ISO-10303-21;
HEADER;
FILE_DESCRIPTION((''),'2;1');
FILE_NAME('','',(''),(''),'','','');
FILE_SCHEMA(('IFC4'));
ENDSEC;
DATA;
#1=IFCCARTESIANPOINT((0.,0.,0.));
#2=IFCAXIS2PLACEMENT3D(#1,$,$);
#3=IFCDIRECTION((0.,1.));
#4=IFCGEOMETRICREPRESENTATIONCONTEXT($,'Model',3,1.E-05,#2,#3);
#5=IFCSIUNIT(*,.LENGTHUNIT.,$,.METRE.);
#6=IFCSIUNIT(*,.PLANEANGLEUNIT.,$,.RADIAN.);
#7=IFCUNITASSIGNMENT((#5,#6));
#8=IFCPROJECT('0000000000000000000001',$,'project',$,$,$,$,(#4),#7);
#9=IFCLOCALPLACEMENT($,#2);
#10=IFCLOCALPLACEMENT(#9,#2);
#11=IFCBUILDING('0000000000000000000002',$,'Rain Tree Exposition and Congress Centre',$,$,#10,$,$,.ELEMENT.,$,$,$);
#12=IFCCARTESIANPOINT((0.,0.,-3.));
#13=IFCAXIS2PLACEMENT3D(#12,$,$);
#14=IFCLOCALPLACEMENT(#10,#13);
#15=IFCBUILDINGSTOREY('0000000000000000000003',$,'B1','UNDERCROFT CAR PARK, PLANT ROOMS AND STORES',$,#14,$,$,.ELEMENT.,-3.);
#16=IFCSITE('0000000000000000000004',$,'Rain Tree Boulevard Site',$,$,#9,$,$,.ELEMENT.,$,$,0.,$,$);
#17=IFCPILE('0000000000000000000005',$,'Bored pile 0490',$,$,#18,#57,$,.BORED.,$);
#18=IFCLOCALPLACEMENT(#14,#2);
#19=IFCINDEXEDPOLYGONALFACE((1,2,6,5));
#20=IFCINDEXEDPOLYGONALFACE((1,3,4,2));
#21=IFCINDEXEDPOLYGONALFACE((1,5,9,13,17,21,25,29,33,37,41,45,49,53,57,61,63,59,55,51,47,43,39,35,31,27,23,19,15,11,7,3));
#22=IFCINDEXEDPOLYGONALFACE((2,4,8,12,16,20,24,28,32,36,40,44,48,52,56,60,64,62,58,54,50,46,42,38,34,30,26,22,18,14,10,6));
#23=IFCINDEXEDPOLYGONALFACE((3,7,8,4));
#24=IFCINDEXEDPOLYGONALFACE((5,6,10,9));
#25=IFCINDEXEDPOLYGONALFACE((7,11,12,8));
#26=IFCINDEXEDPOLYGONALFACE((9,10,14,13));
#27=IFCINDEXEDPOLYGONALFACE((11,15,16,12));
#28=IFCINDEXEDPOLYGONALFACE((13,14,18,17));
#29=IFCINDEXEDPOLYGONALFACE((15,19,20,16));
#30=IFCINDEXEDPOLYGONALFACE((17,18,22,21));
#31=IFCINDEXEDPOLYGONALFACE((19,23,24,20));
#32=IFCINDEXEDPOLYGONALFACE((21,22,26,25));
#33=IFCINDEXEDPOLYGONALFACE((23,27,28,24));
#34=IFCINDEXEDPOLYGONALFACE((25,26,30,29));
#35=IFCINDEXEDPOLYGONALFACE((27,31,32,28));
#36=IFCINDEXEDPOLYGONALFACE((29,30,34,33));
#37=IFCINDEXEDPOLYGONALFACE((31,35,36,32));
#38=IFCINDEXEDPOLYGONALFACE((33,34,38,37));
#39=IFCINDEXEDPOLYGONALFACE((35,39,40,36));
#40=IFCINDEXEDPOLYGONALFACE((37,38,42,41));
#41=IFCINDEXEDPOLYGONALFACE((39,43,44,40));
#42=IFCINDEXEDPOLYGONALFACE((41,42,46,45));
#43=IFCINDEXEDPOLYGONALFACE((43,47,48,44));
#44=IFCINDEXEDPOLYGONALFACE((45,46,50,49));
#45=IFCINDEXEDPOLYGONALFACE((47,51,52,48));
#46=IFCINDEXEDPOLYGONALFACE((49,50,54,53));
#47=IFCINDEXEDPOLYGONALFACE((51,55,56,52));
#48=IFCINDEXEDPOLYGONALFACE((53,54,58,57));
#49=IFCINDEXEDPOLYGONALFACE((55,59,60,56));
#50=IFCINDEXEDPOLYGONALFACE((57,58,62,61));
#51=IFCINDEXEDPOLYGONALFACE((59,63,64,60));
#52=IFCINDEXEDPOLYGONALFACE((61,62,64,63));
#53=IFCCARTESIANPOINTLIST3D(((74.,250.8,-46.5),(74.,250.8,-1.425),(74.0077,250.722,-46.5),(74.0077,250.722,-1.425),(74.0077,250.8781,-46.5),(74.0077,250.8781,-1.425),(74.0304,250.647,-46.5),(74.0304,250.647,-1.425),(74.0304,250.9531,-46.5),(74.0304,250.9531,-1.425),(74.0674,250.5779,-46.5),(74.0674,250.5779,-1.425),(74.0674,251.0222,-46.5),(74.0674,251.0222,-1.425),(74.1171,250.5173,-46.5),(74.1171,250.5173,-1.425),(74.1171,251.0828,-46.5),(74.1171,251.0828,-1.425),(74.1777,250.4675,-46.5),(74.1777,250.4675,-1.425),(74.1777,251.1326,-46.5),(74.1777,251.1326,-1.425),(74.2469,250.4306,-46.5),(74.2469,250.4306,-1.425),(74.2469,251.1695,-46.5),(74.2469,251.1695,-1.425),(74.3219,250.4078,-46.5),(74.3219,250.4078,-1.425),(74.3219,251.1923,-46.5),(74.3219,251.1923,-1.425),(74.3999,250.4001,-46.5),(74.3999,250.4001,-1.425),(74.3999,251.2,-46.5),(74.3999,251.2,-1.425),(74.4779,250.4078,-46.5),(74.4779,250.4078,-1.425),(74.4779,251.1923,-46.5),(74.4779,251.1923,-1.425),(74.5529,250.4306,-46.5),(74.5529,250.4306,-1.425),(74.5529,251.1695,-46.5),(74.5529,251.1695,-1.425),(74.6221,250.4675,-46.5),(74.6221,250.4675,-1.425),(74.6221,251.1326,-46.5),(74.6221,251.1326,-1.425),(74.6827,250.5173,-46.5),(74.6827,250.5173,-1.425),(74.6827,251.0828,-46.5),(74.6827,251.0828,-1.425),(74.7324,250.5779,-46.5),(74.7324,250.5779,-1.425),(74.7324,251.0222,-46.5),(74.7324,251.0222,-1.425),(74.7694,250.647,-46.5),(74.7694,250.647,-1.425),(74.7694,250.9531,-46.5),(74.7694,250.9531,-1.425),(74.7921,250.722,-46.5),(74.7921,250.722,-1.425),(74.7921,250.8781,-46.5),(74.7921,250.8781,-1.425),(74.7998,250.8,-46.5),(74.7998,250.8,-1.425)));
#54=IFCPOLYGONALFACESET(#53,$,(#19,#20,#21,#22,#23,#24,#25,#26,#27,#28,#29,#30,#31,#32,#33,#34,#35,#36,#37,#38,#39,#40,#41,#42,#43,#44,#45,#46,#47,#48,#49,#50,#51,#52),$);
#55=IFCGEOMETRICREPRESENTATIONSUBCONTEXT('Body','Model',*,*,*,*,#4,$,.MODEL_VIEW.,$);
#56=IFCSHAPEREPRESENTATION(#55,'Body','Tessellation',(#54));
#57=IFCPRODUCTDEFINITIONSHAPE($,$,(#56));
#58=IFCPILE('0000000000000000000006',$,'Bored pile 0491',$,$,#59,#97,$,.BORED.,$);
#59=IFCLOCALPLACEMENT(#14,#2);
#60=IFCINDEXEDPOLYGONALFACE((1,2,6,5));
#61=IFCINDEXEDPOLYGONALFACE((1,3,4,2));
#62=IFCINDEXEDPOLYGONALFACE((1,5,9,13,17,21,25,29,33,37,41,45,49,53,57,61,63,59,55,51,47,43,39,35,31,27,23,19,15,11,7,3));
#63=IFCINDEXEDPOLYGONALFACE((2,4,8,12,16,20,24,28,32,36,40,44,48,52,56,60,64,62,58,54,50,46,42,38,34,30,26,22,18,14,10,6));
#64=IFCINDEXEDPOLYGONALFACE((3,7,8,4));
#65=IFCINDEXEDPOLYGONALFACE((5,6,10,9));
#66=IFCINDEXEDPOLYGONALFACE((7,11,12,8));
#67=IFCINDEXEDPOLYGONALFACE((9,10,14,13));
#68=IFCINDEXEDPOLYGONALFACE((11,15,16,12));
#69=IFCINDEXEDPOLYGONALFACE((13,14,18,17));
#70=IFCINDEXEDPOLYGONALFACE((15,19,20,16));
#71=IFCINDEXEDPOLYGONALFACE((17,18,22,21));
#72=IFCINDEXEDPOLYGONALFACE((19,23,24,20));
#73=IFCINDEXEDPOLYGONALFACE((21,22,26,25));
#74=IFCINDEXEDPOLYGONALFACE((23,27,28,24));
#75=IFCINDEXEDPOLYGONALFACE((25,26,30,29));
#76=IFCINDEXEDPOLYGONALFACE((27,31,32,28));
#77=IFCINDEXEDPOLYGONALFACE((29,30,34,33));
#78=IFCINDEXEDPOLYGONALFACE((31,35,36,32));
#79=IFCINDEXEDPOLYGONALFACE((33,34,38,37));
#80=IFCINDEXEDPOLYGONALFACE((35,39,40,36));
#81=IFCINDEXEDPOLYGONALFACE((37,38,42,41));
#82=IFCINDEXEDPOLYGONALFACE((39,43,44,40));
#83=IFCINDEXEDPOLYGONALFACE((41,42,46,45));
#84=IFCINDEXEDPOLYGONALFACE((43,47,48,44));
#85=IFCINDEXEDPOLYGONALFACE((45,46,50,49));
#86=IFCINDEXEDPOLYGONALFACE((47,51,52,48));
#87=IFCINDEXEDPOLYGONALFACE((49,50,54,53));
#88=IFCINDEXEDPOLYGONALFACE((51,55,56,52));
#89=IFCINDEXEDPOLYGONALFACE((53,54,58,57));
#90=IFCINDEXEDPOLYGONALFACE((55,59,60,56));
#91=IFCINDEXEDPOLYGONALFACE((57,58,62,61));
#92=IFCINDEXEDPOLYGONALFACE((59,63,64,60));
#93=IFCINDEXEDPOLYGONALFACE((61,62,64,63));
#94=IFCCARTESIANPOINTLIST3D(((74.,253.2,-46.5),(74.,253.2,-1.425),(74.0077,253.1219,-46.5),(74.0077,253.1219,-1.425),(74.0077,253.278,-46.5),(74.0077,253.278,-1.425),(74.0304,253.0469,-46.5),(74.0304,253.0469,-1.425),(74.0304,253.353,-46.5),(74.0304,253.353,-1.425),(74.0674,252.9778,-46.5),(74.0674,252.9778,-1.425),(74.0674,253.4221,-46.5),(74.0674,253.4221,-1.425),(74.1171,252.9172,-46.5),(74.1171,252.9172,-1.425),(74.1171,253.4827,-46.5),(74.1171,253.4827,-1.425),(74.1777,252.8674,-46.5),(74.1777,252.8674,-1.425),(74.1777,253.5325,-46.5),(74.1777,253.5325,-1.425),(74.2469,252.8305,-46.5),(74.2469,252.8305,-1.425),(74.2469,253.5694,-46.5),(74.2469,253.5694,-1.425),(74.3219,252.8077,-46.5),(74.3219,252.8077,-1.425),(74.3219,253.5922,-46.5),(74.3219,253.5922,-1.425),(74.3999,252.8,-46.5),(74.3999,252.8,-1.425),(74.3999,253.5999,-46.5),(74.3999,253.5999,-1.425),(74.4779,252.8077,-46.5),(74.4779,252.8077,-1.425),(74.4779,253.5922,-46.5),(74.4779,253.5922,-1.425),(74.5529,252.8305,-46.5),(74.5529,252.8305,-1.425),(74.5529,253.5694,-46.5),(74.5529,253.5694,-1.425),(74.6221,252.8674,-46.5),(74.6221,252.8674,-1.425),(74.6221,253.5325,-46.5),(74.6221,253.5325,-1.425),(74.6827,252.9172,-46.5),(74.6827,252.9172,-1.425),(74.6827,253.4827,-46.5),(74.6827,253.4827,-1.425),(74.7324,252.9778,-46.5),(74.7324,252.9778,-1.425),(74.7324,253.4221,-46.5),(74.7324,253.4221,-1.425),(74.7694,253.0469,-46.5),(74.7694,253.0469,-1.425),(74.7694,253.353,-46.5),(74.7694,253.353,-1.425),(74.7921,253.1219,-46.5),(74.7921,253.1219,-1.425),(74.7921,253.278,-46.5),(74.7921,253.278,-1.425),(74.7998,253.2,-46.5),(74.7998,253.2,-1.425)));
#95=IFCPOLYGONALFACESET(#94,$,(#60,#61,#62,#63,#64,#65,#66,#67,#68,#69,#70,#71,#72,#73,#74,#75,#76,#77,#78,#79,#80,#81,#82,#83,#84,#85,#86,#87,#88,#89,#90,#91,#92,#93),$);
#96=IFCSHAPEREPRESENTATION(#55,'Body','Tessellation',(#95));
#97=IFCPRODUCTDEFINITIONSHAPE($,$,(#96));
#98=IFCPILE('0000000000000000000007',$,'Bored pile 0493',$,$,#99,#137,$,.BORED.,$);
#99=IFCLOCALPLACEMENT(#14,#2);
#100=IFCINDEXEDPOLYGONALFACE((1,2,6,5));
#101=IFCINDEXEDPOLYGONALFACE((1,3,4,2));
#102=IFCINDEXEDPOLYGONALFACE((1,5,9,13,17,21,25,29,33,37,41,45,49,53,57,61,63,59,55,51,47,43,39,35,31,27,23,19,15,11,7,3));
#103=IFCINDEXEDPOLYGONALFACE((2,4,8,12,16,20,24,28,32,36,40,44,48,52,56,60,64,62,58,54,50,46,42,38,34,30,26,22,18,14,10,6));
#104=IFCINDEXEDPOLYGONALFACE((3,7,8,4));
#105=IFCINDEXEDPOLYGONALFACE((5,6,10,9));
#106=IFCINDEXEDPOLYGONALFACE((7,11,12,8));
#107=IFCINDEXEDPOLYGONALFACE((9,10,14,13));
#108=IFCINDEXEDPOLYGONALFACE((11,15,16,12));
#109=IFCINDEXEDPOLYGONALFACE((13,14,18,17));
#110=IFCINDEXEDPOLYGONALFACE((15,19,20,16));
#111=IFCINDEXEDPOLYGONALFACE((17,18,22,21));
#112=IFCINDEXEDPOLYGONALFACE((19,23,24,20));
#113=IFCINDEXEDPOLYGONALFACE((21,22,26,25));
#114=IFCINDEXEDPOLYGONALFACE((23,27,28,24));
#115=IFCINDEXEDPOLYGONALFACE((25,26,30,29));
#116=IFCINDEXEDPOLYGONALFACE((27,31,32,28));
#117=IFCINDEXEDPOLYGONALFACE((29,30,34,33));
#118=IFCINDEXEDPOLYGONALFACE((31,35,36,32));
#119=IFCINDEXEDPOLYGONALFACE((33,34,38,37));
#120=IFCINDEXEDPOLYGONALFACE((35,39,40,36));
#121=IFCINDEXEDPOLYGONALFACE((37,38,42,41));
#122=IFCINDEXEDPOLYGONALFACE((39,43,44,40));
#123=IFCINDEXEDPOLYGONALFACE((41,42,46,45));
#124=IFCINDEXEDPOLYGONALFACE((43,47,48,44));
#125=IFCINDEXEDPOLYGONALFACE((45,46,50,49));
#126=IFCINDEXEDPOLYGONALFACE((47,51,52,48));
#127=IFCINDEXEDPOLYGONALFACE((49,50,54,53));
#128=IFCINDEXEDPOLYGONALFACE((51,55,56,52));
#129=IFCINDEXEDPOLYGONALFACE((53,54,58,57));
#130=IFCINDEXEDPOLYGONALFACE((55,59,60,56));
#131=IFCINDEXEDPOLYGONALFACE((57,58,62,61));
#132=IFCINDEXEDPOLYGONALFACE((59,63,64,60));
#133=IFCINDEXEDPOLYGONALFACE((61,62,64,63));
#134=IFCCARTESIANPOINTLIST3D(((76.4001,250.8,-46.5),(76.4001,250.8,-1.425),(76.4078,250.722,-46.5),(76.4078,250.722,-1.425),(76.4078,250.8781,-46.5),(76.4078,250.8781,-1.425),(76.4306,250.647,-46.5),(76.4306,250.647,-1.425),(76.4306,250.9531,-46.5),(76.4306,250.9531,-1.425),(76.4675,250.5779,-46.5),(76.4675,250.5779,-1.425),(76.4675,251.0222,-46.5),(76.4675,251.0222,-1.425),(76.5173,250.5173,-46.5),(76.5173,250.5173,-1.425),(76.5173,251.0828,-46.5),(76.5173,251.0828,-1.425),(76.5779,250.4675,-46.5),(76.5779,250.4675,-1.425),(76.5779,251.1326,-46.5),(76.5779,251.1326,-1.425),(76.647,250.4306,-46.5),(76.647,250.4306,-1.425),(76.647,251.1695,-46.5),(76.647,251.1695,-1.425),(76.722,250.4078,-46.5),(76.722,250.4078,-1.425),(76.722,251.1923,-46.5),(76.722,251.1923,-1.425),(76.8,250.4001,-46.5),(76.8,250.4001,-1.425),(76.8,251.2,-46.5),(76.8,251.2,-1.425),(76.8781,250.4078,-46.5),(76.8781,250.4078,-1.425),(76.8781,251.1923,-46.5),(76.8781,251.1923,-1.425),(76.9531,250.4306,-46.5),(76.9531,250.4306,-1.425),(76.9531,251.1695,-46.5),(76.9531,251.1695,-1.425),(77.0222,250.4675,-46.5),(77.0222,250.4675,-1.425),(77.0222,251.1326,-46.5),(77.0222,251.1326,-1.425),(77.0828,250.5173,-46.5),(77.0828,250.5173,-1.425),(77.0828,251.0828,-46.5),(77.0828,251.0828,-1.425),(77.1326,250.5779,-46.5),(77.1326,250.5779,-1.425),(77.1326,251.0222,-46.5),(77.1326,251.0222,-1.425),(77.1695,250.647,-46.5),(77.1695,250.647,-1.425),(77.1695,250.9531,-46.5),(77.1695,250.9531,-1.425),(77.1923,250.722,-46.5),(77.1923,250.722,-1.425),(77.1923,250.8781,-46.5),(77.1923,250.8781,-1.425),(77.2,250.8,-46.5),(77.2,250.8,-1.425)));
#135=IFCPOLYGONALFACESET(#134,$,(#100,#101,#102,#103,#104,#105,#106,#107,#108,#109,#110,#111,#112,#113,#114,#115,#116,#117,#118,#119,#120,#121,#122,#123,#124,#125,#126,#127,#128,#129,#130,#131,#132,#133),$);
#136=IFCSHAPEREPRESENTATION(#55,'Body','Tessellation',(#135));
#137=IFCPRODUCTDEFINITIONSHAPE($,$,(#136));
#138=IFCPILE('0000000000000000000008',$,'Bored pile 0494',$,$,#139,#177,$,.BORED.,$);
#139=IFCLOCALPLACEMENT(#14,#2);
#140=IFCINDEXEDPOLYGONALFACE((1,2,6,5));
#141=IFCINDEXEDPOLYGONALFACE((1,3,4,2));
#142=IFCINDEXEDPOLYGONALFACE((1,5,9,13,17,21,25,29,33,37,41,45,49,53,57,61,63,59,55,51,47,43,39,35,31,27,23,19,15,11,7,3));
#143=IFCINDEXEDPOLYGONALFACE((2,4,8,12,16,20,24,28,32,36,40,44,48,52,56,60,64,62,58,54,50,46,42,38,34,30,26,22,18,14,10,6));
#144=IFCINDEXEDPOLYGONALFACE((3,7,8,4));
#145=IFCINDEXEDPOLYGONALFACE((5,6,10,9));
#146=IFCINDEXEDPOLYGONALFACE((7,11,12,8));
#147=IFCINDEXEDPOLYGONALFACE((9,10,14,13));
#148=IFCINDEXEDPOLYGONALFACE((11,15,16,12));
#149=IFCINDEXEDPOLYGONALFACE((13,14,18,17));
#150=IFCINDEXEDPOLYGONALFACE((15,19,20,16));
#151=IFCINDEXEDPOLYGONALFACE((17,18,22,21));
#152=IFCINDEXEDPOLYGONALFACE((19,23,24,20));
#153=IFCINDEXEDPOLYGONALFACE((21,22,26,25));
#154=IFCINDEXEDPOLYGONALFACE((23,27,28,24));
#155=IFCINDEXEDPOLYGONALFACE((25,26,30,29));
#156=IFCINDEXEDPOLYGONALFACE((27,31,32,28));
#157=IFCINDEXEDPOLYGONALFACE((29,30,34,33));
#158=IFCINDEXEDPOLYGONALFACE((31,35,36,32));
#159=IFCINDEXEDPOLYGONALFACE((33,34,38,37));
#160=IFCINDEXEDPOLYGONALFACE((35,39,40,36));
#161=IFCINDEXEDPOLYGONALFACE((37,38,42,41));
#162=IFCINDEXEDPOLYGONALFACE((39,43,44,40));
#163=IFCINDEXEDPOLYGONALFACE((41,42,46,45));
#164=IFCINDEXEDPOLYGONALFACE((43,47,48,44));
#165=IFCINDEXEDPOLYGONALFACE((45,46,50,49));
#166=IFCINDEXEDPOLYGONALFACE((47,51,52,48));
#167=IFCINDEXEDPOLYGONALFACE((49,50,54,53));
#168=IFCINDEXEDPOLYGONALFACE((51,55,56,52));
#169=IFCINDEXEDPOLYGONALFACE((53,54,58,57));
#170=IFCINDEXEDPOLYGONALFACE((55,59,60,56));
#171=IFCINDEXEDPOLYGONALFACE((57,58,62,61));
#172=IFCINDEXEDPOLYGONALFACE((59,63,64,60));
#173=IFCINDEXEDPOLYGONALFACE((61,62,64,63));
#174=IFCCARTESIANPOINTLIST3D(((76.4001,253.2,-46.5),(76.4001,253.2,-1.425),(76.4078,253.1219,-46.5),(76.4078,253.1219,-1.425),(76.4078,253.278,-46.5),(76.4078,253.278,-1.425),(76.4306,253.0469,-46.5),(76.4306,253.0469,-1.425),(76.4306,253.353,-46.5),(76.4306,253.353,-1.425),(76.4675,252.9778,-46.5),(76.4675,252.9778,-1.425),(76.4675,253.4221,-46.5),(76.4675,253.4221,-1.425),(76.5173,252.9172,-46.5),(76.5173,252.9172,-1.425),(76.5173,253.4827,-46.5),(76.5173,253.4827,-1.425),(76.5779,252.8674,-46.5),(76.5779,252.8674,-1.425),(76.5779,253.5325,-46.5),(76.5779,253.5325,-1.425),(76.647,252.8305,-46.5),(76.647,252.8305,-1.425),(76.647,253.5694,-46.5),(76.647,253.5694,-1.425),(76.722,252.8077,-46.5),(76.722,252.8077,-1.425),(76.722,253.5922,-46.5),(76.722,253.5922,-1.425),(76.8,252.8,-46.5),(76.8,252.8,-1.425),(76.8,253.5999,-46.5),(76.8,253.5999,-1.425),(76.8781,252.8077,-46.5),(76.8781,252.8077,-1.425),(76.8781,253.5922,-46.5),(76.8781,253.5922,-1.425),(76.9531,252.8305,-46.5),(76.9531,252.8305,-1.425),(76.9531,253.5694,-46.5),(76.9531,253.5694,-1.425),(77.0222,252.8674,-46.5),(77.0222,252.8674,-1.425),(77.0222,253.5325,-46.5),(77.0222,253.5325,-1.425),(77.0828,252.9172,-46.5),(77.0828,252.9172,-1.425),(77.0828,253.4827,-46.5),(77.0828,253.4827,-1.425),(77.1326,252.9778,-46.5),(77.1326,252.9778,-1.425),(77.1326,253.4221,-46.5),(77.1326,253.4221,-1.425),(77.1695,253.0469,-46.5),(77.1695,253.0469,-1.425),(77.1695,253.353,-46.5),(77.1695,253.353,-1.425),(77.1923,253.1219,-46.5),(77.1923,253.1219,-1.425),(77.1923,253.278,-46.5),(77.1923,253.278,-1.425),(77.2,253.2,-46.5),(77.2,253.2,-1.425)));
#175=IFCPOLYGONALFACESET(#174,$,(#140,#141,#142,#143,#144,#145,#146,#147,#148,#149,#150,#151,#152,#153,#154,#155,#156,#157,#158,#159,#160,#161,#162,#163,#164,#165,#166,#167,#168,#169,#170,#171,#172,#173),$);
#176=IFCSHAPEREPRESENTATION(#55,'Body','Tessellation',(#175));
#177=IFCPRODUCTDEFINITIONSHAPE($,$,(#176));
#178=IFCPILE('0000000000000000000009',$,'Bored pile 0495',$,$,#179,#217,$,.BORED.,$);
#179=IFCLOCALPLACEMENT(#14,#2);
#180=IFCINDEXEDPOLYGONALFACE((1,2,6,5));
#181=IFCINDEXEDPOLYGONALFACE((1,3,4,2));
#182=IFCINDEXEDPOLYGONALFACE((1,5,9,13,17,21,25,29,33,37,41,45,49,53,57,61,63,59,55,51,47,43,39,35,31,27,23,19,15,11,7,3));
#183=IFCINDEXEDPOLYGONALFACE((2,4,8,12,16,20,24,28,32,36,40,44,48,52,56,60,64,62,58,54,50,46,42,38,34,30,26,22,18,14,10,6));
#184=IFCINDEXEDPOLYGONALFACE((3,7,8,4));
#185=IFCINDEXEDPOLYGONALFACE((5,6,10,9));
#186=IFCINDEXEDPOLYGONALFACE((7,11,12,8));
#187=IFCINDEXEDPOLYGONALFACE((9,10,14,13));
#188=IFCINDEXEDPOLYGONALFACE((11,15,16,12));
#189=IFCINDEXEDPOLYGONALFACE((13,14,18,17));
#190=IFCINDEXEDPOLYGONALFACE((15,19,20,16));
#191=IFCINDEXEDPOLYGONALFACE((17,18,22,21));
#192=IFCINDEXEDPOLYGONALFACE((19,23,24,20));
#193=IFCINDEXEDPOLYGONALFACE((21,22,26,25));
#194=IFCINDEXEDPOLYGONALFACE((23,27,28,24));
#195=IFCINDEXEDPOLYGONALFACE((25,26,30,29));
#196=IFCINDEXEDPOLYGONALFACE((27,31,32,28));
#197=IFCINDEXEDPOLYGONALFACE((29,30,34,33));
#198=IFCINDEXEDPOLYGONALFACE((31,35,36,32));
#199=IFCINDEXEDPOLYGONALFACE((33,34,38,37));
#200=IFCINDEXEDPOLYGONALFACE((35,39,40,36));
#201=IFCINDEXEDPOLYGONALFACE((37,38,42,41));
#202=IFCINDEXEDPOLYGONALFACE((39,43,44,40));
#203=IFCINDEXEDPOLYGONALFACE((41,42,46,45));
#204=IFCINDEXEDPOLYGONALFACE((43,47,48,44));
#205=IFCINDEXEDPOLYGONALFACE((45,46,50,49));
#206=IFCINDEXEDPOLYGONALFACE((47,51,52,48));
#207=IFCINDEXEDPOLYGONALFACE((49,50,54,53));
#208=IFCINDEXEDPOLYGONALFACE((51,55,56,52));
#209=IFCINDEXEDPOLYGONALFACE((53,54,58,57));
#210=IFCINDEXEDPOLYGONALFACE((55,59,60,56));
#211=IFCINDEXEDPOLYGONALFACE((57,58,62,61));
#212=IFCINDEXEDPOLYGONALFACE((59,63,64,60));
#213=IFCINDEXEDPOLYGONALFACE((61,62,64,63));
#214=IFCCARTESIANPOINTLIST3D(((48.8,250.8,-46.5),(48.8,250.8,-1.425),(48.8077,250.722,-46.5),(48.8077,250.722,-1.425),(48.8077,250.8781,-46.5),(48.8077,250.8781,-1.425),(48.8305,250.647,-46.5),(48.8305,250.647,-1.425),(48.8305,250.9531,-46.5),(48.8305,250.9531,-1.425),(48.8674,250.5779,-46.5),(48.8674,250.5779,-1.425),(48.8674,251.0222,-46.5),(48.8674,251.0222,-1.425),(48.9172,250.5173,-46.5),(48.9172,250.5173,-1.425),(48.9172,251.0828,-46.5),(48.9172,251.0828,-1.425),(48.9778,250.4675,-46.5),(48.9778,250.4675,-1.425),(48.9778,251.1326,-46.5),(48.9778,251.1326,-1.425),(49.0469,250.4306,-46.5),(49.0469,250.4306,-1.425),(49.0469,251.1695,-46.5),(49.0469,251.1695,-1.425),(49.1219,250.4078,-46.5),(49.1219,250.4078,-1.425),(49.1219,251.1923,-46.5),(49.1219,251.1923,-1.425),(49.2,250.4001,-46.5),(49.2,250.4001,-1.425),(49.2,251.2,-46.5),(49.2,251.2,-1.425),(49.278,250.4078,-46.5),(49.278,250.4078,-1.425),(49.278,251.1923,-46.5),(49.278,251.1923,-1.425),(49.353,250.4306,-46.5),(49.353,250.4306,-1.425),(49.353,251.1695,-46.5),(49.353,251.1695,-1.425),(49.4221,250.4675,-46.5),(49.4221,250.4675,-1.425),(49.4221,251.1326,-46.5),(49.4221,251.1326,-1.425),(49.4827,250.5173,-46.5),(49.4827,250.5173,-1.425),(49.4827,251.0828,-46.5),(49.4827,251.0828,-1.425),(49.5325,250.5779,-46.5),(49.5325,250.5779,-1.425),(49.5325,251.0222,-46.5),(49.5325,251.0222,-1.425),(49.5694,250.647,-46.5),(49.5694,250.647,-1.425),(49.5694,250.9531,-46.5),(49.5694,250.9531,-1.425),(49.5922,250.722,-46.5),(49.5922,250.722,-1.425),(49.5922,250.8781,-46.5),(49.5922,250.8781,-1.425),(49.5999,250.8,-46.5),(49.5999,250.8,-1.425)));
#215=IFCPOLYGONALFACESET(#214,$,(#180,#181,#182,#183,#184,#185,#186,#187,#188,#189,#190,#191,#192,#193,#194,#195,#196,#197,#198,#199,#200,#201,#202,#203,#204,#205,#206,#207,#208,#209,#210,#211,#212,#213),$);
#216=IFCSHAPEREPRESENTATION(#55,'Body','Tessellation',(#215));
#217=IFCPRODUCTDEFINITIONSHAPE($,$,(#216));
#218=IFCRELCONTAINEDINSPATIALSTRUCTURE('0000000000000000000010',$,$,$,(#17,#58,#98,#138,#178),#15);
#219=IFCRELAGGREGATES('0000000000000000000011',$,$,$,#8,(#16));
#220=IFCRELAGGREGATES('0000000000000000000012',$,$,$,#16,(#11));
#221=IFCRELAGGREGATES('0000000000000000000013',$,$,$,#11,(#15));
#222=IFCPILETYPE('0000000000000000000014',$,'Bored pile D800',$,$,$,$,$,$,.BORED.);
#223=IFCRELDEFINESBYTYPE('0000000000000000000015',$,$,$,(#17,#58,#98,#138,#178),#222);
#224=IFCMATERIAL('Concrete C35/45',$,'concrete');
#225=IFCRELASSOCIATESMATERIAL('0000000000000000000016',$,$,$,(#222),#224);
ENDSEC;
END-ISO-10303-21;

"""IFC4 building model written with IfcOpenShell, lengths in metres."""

from ifc_helpers import new_model, si_unit, direction, frame, origin, origin_2d, place, context, subcontext, project, spatial, circle, extrude, material, material_profile, profile_set, type_object, element, save


model = new_model("IFC4")

# Units and contexts
model_context = context("Model", 3, precision=1e-05, world=origin(), true_north=direction((0.0, 1.0)))
body_context = subcontext(model_context, "Body", "Model", "MODEL_VIEW")
ifc_project = project(units=[si_unit("LENGTHUNIT", "METRE"), si_unit("PLANEANGLEUNIT", "RADIAN")], contexts=[model_context])

# Site, building, storey
site_placement = place(None, origin())
site = spatial("IfcSite", under=ifc_project, at=site_placement, Name="Rain Tree Boulevard Site", CompositionType="ELEMENT", RefElevation=0.0)
building_placement = place(site_placement, origin())
building = spatial("IfcBuilding", under=site, at=building_placement, Name="Rain Tree Exposition and Congress Centre", CompositionType="ELEMENT")
storey_placement = place(building_placement, frame((0.0, 0.0, -3.0)))
storey = spatial("IfcBuildingStorey", under=building, at=storey_placement, Name="B1", Description="UNDERCROFT CAR PARK, PLANT ROOMS AND STORES", CompositionType="ELEMENT", Elevation=-3.0)

# Piles
ifc_material_1 = material(Name="Concrete C35/45", Category="concrete")
ifc_material_profile_1 = material_profile(ifc_material_1, circle(Radius=0.3999, at=origin_2d()), Name="D800")
ifc_profile_set_1 = profile_set([ifc_material_profile_1], Name="Concrete C35/45")
pile_type_1 = type_object("IfcPileType", Name="Bored pile D800", PredefinedType="BORED", material=ifc_profile_set_1)
for number, where, z_axis, x_axis, name in (
    (1, (74.3999, 250.8, -1.425), (0.0, 0.0, -1.0), (1.0, 0.0, 0.0), "Bored pile 0490"),
    (2, (74.3999, 253.2, -1.425), (0.0, 0.0, -1.0), (1.0, 0.0, 0.0), "Bored pile 0491"),
    (3, (76.8, 250.8, -1.425), (0.0, 0.0, -1.0), (1.0, 0.0, 0.0), "Bored pile 0493"),
    (4, (76.8, 253.2, -1.425), (0.0, 0.0, -1.0), (1.0, 0.0, 0.0), "Bored pile 0494"),
    (5, (49.2, 250.8, -1.425), (0.0, 0.0, -1.0), (1.0, 0.0, 0.0), "Bored pile 0495"),
):
    element("IfcPile", number, at=place(storey_placement, frame(where, z_axis=z_axis, x_axis=x_axis)), inside=storey, type_object=pile_type_1, Name=name, PredefinedType="BORED", context=body_context, shape_type="SweptSolid", body=[
        extrude(circle(Radius=0.3999, at=origin_2d()), origin(), (0.0, 0.0, 1.0), 45.075),
    ])

save(model, "model.ifc")
